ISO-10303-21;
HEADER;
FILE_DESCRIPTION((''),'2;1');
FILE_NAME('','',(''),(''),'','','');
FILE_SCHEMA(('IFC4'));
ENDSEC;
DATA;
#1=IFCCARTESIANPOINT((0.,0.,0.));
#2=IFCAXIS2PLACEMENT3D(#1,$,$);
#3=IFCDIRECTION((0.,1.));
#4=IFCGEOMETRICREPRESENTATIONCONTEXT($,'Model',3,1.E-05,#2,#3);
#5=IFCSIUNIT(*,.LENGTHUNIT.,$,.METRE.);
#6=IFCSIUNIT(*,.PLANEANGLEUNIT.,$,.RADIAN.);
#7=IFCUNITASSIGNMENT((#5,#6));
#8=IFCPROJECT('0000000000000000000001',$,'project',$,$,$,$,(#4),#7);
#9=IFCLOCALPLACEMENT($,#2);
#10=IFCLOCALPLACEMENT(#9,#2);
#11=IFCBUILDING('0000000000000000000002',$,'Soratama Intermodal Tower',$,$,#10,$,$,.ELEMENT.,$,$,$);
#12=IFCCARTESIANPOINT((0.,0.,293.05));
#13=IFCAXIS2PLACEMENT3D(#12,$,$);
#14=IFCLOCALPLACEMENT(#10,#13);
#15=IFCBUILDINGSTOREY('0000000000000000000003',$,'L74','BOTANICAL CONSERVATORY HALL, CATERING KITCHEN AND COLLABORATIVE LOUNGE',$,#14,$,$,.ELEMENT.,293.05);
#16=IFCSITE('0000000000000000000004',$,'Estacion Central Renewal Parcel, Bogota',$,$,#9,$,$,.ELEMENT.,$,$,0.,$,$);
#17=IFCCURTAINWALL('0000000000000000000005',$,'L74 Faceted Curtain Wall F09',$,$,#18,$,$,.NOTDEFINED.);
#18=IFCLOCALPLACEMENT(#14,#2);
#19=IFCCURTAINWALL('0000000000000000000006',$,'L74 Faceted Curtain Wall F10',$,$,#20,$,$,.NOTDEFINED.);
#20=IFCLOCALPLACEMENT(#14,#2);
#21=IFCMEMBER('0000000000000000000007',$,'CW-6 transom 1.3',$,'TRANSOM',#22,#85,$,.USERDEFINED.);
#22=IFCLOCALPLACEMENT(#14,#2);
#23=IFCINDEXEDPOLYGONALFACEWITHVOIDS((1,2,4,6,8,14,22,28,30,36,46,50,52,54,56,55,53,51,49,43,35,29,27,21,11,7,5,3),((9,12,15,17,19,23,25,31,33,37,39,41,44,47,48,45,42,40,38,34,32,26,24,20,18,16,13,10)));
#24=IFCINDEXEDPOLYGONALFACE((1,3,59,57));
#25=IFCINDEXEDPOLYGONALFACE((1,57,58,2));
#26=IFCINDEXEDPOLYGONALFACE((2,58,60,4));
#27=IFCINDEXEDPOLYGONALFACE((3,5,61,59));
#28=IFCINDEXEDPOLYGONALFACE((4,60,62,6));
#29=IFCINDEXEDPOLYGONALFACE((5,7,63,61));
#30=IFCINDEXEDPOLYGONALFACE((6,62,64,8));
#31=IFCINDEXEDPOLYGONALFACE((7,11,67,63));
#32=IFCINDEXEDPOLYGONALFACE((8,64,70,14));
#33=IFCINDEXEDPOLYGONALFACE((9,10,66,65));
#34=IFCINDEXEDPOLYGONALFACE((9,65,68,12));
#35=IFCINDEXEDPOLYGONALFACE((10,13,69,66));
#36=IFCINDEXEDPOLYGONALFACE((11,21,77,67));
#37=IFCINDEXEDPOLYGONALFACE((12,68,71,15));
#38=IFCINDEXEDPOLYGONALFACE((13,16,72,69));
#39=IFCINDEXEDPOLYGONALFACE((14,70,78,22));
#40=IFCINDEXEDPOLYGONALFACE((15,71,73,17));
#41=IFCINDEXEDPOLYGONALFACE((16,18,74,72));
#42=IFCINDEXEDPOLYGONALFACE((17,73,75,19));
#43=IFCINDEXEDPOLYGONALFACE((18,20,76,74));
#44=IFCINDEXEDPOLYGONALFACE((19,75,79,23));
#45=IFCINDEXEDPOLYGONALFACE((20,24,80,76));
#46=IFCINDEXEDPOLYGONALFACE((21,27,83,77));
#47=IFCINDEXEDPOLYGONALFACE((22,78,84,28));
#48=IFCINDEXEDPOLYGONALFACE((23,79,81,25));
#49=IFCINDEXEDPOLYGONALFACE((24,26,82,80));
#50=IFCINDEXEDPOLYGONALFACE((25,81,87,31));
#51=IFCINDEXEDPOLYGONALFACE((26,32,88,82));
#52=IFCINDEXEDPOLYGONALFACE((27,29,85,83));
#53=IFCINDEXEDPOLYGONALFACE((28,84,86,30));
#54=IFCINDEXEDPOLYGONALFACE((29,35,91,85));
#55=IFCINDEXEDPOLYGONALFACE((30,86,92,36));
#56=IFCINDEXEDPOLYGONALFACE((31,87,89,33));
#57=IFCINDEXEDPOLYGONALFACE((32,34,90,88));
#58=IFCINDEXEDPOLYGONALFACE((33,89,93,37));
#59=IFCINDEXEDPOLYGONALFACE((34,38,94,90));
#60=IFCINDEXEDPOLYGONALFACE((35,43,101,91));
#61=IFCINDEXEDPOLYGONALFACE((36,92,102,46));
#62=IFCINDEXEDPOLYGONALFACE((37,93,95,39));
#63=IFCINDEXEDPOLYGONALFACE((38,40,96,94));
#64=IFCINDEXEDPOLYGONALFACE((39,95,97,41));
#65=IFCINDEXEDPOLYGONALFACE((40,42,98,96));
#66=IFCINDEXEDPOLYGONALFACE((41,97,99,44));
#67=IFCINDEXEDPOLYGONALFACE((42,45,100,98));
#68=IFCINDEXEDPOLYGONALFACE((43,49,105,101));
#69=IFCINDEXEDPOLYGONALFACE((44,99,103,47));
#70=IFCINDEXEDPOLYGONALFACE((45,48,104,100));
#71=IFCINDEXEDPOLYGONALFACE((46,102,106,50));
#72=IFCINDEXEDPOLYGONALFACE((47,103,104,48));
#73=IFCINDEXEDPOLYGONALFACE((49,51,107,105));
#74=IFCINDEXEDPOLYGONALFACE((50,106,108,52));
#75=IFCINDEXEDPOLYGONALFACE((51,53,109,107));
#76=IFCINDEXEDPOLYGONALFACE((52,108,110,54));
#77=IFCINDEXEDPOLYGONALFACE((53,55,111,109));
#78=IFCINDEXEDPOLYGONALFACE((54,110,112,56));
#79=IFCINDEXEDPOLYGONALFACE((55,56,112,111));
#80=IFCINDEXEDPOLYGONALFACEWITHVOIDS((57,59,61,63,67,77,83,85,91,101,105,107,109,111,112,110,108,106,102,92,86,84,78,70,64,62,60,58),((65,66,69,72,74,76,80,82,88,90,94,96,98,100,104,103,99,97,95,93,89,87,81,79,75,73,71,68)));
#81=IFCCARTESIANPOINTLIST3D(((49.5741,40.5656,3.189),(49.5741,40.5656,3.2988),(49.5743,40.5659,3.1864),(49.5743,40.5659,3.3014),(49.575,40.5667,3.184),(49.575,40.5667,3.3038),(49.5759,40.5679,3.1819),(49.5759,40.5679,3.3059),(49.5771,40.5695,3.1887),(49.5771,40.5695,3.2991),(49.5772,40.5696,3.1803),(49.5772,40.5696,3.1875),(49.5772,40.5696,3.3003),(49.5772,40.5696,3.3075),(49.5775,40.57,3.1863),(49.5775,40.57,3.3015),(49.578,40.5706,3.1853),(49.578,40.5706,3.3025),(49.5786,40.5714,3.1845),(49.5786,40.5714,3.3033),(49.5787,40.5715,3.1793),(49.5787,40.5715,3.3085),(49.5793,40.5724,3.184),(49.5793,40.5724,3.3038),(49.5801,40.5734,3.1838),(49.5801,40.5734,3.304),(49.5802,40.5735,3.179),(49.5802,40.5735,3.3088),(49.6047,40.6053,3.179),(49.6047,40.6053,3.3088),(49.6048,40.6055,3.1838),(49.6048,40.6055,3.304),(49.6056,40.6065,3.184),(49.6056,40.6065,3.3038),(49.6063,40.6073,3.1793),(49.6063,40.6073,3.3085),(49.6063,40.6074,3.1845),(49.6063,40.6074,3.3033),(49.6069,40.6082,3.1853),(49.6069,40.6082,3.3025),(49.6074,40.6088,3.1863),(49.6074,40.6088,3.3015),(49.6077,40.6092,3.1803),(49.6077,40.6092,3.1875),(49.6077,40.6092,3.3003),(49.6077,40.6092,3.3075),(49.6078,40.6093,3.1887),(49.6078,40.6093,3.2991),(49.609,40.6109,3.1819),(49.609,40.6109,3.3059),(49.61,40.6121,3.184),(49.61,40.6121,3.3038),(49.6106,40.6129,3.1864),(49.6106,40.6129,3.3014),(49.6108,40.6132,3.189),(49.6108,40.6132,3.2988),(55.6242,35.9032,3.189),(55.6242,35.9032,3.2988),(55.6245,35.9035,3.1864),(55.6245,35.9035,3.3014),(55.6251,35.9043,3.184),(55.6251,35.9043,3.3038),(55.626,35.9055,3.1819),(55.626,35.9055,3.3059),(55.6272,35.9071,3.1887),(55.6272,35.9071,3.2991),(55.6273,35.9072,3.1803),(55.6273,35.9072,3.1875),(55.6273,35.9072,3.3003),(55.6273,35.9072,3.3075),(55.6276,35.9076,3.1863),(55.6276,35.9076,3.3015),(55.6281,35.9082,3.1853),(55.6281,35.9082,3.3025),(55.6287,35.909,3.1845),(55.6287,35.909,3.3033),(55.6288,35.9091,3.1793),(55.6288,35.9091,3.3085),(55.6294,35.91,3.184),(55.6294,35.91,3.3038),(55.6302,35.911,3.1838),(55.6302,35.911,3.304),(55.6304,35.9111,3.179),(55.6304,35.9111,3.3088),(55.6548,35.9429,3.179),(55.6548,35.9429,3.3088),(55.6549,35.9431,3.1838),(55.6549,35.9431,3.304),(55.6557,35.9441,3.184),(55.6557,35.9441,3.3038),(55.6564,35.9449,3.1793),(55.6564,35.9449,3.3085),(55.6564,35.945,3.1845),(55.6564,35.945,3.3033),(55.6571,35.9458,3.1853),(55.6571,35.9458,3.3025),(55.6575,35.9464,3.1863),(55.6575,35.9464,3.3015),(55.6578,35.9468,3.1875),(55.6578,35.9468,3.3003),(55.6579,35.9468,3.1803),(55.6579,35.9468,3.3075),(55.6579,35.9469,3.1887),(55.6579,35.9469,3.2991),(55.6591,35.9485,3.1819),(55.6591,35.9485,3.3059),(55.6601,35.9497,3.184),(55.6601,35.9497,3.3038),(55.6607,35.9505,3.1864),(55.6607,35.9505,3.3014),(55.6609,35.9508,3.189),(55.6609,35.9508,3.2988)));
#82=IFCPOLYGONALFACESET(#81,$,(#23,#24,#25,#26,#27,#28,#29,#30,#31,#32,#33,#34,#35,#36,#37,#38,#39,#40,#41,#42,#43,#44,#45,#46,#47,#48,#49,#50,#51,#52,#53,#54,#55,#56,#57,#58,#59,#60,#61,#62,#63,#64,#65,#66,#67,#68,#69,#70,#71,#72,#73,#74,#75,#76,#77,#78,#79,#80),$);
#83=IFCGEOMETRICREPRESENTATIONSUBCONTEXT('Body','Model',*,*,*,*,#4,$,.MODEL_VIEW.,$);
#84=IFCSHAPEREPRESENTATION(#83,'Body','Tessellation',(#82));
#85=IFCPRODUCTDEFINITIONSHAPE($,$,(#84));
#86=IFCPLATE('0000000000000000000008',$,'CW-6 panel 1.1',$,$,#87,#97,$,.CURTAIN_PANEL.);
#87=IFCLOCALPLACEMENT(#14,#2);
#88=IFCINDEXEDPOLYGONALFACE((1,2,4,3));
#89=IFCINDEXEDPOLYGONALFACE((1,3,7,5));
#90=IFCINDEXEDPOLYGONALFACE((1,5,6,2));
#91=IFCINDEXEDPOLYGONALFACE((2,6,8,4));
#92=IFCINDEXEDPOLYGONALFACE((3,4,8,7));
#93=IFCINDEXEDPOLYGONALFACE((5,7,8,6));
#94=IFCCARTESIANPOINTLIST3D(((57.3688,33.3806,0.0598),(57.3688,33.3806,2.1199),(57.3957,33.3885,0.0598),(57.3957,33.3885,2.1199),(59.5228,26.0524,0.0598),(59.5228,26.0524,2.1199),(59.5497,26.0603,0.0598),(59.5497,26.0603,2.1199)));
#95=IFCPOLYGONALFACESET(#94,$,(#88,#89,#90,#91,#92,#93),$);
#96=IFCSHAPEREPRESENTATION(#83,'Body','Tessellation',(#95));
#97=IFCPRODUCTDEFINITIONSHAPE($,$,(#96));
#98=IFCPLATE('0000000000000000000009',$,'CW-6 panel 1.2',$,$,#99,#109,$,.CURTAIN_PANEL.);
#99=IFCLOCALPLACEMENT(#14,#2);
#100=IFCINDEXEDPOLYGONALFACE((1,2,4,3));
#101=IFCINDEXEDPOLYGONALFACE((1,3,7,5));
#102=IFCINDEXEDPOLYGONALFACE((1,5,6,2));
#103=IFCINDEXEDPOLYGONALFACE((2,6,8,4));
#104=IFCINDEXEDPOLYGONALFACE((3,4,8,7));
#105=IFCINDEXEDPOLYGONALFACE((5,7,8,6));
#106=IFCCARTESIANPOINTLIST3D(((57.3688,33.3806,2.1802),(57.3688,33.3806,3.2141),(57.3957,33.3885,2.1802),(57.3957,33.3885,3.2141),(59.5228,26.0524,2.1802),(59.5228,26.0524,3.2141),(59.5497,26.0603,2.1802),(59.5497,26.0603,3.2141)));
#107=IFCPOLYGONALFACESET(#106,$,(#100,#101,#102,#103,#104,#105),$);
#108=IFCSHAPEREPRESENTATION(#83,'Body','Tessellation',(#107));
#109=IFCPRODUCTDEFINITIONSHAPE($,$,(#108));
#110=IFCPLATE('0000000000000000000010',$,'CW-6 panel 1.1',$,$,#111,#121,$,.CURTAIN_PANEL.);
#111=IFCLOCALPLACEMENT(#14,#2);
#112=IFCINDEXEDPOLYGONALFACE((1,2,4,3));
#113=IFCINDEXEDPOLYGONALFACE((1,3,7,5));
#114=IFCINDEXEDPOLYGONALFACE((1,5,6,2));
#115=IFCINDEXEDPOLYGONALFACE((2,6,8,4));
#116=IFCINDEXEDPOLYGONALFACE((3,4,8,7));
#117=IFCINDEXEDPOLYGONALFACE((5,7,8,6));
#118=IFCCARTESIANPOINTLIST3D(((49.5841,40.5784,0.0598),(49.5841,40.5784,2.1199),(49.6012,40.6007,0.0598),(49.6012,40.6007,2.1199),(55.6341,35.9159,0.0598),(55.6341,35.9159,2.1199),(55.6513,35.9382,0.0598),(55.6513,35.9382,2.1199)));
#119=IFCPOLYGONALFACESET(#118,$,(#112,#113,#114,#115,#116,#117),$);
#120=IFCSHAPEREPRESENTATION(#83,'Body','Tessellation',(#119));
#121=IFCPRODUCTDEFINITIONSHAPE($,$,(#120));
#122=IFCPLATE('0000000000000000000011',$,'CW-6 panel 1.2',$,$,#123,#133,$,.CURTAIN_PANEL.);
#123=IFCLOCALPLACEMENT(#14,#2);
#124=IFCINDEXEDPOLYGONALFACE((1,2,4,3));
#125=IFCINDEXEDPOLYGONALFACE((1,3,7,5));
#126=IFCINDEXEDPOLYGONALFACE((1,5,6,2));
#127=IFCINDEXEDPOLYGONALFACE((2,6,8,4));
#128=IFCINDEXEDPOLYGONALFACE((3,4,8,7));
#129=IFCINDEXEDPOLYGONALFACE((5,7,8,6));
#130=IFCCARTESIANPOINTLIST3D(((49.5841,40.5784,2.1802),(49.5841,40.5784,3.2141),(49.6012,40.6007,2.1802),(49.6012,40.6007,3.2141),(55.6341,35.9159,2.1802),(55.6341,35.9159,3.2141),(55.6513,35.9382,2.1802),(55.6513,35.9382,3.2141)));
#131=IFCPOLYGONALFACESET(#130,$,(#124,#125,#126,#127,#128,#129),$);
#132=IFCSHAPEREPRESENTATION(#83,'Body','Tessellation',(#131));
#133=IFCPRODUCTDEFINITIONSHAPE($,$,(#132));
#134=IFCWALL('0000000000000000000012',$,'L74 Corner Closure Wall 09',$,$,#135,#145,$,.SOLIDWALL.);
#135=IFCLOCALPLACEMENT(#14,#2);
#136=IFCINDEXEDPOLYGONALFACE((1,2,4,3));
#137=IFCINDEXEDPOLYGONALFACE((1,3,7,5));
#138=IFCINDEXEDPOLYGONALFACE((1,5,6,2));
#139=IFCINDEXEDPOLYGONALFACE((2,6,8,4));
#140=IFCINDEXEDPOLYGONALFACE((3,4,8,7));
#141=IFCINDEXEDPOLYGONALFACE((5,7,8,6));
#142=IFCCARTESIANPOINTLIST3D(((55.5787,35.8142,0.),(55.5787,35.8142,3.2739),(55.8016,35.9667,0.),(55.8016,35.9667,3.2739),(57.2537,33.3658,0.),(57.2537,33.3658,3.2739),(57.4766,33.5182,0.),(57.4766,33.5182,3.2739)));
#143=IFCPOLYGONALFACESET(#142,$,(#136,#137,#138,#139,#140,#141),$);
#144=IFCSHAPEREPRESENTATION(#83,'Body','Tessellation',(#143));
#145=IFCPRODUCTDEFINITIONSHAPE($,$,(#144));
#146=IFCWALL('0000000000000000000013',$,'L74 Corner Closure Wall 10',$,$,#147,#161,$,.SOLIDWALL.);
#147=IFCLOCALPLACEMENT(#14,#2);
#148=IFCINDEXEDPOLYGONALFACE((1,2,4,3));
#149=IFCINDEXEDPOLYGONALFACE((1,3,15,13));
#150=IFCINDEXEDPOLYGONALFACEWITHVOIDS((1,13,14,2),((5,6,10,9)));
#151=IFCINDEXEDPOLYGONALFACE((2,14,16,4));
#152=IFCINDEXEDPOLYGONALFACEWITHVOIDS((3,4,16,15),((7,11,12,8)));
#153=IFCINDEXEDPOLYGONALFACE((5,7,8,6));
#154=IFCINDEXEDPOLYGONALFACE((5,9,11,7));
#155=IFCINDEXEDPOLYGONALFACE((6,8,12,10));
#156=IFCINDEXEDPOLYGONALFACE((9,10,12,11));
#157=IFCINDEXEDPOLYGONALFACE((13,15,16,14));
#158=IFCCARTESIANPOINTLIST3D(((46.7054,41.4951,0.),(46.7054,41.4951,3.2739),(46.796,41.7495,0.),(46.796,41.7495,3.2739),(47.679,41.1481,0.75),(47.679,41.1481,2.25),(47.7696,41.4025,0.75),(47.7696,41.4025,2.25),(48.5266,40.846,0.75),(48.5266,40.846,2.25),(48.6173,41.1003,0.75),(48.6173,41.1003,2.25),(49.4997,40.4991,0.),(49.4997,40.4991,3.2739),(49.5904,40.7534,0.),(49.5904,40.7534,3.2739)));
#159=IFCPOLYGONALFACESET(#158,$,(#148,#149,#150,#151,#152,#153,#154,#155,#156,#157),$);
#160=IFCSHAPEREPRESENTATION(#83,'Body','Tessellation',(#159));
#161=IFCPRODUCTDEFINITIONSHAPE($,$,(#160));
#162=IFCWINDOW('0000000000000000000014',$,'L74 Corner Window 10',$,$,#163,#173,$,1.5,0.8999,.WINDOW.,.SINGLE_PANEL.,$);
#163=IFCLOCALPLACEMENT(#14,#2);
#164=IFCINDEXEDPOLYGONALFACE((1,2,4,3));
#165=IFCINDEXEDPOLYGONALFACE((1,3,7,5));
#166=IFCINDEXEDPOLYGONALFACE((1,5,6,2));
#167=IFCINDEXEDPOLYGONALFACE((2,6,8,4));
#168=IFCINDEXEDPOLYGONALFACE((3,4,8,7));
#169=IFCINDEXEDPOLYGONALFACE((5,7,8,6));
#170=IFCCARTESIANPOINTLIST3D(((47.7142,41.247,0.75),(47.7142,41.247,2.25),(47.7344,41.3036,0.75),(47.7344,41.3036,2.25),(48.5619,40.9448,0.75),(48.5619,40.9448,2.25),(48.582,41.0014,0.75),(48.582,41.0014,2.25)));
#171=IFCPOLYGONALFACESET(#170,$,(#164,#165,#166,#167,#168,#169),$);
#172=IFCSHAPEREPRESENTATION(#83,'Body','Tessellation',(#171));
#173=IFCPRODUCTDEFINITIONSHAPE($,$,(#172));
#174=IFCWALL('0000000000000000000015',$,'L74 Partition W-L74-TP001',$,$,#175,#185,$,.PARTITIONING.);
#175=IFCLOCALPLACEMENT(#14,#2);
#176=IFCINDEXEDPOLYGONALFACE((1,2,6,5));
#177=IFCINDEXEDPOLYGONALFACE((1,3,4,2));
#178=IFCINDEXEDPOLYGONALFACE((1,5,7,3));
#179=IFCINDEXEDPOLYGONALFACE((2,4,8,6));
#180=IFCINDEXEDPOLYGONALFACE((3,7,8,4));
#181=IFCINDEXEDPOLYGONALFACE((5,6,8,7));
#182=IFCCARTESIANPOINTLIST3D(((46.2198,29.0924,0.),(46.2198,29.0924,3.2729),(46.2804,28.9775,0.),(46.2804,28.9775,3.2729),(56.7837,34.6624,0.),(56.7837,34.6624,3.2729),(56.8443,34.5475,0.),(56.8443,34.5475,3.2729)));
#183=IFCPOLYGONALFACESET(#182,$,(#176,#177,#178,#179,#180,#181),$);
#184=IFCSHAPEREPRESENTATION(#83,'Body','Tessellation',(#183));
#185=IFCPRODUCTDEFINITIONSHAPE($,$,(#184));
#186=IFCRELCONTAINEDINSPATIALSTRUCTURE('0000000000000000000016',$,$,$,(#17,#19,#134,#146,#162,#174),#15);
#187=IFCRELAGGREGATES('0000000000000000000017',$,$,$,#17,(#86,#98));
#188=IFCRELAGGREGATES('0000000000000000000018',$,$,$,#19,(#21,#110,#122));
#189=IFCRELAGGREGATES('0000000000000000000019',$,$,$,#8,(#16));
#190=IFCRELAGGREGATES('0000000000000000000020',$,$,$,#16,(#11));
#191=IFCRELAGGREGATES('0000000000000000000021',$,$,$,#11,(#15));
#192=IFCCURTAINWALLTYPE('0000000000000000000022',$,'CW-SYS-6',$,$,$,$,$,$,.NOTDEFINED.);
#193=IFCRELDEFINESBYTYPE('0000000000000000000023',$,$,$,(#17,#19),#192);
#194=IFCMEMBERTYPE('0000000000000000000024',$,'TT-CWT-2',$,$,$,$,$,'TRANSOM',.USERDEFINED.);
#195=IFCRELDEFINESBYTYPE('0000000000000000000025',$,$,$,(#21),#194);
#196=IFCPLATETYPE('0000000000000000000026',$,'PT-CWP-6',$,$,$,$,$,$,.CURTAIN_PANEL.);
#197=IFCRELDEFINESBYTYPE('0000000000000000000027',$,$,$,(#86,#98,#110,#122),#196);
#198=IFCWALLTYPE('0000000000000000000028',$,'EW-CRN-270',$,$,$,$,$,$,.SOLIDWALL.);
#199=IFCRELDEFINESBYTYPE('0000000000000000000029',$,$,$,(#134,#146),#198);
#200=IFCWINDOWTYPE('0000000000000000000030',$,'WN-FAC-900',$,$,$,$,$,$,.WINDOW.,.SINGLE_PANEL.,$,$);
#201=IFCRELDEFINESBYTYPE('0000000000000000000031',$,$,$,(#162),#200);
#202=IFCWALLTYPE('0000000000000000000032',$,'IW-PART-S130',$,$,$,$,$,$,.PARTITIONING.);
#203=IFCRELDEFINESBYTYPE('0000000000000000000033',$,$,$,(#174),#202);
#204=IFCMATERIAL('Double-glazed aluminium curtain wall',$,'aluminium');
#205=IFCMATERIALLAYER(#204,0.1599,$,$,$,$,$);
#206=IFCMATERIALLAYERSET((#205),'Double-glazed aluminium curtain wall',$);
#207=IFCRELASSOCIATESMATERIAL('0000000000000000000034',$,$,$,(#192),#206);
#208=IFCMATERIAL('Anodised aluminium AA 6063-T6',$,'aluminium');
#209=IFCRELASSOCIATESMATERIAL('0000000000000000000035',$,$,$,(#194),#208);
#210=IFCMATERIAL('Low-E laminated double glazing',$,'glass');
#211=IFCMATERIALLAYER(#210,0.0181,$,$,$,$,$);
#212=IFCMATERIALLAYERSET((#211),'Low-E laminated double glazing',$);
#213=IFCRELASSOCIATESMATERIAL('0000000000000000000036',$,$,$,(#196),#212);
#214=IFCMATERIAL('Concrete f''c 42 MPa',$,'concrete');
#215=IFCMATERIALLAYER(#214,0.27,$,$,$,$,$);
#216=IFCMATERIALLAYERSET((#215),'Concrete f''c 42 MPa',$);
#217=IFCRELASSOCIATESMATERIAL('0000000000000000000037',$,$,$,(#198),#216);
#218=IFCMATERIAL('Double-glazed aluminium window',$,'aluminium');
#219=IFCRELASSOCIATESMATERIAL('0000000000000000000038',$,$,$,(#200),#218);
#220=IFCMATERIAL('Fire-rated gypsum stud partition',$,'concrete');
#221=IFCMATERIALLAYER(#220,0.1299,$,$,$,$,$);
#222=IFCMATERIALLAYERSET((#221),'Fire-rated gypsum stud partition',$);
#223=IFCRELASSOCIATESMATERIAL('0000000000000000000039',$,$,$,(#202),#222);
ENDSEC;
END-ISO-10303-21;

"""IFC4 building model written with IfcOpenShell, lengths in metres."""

from ifc_helpers import new_model, si_unit, direction, frame, frame_2d, origin, origin_2d, place, context, subcontext, project, spatial, rectangle, hollow_rectangle, extrude, material, layer, layer_set, material_profile, profile_set, type_object, element, fill, aggregate, save


model = new_model("IFC4")

# Units and contexts
model_context = context("Model", 3, precision=1e-05, world=origin(), true_north=direction((0.0, 1.0)))
body_context = subcontext(model_context, "Body", "Model", "MODEL_VIEW")
ifc_project = project(units=[si_unit("LENGTHUNIT", "METRE"), si_unit("PLANEANGLEUNIT", "RADIAN")], contexts=[model_context])

# Site, building, storey
site_placement = place(None, origin())
site = spatial("IfcSite", under=ifc_project, at=site_placement, Name="Estacion Central Renewal Parcel, Bogota", CompositionType="ELEMENT", RefElevation=0.0)
building_placement = place(site_placement, origin())
building = spatial("IfcBuilding", under=site, at=building_placement, Name="Soratama Intermodal Tower", CompositionType="ELEMENT")
storey_placement = place(building_placement, frame((0.0, 0.0, 293.05)))
storey = spatial("IfcBuildingStorey", under=building, at=storey_placement, Name="L74", Description="BOTANICAL CONSERVATORY HALL, CATERING KITCHEN AND COLLABORATIVE LOUNGE", CompositionType="ELEMENT", Elevation=293.05)

# Shared definitions
ifc_material_1 = material(Name="Double-glazed aluminium curtain wall", Category="aluminium")
ifc_layer_1 = layer(ifc_material_1, 0.1599)
ifc_layer_set_1 = layer_set([ifc_layer_1], Name="Double-glazed aluminium curtain wall")
curtain_wall_type = type_object("IfcCurtainWallType", Name="CW-SYS-6", PredefinedType="NOTDEFINED", material=ifc_layer_set_1)

# Curtain walls
curtain_wall_1_placement = place(storey_placement, origin())
curtain_wall_1 = element("IfcCurtainWall", 1, at=curtain_wall_1_placement, inside=storey, type_object=curtain_wall_type, Name="L74 Faceted Curtain Wall F09", PredefinedType="NOTDEFINED")
curtain_wall_2_placement = place(storey_placement, origin())
curtain_wall_2 = element("IfcCurtainWall", 2, at=curtain_wall_2_placement, inside=storey, type_object=curtain_wall_type, Name="L74 Faceted Curtain Wall F10", PredefinedType="NOTDEFINED")

# Member
ifc_material_2 = material(Name="Anodised aluminium AA 6063-T6", Category="aluminium")
ifc_material_profile_1 = material_profile(ifc_material_2, hollow_rectangle(XDim=0.0601, YDim=0.1299, WallThickness=0.0049, InnerFilletRadius=0.0049, OuterFilletRadius=0.01, at=origin_2d()), Name="CWT130X60X5")
ifc_profile_set_1 = profile_set([ifc_material_profile_1], Name="Anodised aluminium AA 6063-T6")
member_type_1 = type_object("IfcMemberType", Name="TT-CWT-2", ElementType="TRANSOM", PredefinedType="USERDEFINED", material=ifc_profile_set_1)
member_1_placement = place(storey_placement, frame((55.6426, 35.927, 3.2439), z_axis=(-0.792088, 0.610407, 0.0), x_axis=(-0.610407, -0.792088, 0.0)))
member_1 = element("IfcMember", 3, at=member_1_placement, type_object=member_type_1, Name="CW-6 transom 1.3", ObjectType="TRANSOM", PredefinedType="USERDEFINED", context=body_context, shape_type="SweptSolid", body=[
    extrude(hollow_rectangle(XDim=0.0601, YDim=0.1299, WallThickness=0.0049, InnerFilletRadius=0.0049, OuterFilletRadius=0.01, at=origin_2d()), origin(), (0.0, 0.0, 1.0), 7.6382),
])

# Plates
ifc_material_3 = material(Name="Low-E laminated double glazing", Category="glass")
ifc_layer_2 = layer(ifc_material_3, 0.0181)
ifc_layer_set_2 = layer_set([ifc_layer_2], Name="Low-E laminated double glazing")
plate_type = type_object("IfcPlateType", Name="PT-CWP-6", PredefinedType="CURTAIN_PANEL", material=ifc_layer_set_2)
plate_1_placement = place(storey_placement, frame((58.4592, 29.7205, 0.0598), z_axis=(0.0, 0.0, 1.0), x_axis=(-0.282003, 0.959414, 0.0)))
plate_1 = element("IfcPlate", 4, at=plate_1_placement, type_object=plate_type, Name="CW-6 panel 1.1", PredefinedType="CURTAIN_PANEL", context=body_context, shape_type="SweptSolid", body=[
    extrude(rectangle(XDim=7.6382, YDim=0.0281, at=origin_2d()), origin(), (0.0, 0.0, 1.0), 2.0601),
])
plate_2_placement = place(storey_placement, frame((58.4592, 29.7205, 2.1802), z_axis=(0.0, 0.0, 1.0), x_axis=(-0.282003, 0.959414, 0.0)))
plate_2 = element("IfcPlate", 5, at=plate_2_placement, type_object=plate_type, Name="CW-6 panel 1.2", PredefinedType="CURTAIN_PANEL", context=body_context, shape_type="SweptSolid", body=[
    extrude(rectangle(XDim=7.6382, YDim=0.0281, at=origin_2d()), origin(), (0.0, 0.0, 1.0), 1.0339),
])
aggregate(curtain_wall_1, [plate_1, plate_2])
plate_3_placement = place(storey_placement, frame((52.6177, 38.2583, 0.0598), z_axis=(0.0, 0.0, 1.0), x_axis=(-0.792077, 0.610421, 0.0)))
plate_3 = element("IfcPlate", 6, at=plate_3_placement, type_object=plate_type, Name="CW-6 panel 1.1", PredefinedType="CURTAIN_PANEL", context=body_context, shape_type="SweptSolid", body=[
    extrude(rectangle(XDim=7.6382, YDim=0.0281, at=origin_2d()), origin(), (0.0, 0.0, 1.0), 2.0601),
])
plate_4_placement = place(storey_placement, frame((52.6177, 38.2583, 2.1802), z_axis=(0.0, 0.0, 1.0), x_axis=(-0.792077, 0.610421, 0.0)))
plate_4 = element("IfcPlate", 7, at=plate_4_placement, type_object=plate_type, Name="CW-6 panel 1.2", PredefinedType="CURTAIN_PANEL", context=body_context, shape_type="SweptSolid", body=[
    extrude(rectangle(XDim=7.6382, YDim=0.0281, at=origin_2d()), origin(), (0.0, 0.0, 1.0), 1.0339),
])
aggregate(curtain_wall_2, [member_1, plate_3, plate_4])

# Wall
ifc_material_4 = material(Name="Concrete f'c 42 MPa", Category="concrete")
ifc_layer_3 = layer(ifc_material_4, 0.27)
ifc_layer_set_3 = layer_set([ifc_layer_3], Name="Concrete f'c 42 MPa")
wall_type_1 = type_object("IfcWallType", Name="EW-CRN-270", PredefinedType="SOLIDWALL", material=ifc_layer_set_3)
wall_1_placement = place(storey_placement, frame((57.3652, 33.4419, 0.0), z_axis=(0.0, 0.0, 1.0), x_axis=(-0.564631, 0.825344, 0.0)))
element("IfcWall", 8, at=wall_1_placement, inside=storey, type_object=wall_type_1, Name="L74 Corner Closure Wall 09", PredefinedType="SOLIDWALL", context=body_context, shape_type="SweptSolid", body=[
    extrude(rectangle(XDim=2.9666, YDim=0.27, at=frame_2d((1.4834, 0.0))), origin(), (0.0, 0.0, 1.0), 3.2739),
])

# Wall, opening, window
wall_2_placement = place(storey_placement, frame((49.5452, 40.6262, 0.0), z_axis=(0.0, 0.0, 1.0), x_axis=(-0.941947, 0.335763, 0.0)))
wall_2 = element("IfcWall", 9, at=wall_2_placement, inside=storey, type_object=wall_type_1, Name="L74 Corner Closure Wall 10", PredefinedType="SOLIDWALL", context=body_context, shape_type="SweptSolid", body=[
    extrude(rectangle(XDim=2.9666, YDim=0.27, at=frame_2d((1.4834, 0.0))), origin(), (0.0, 0.0, 1.0), 3.2739),
])
opening_placement = place(wall_2_placement, frame((1.0332, 0.0, 0.75)))
opening = element("IfcOpeningElement", 10, at=opening_placement, cuts=wall_2, PredefinedType="OPENING", context=body_context, shape_type="SweptSolid", body=[
    extrude(rectangle(XDim=0.8999, YDim=1.5, at=frame_2d((0.45, 0.75))), frame((0.0, 0.145, 0.0), z_axis=(0.0, -1.0, 0.0), x_axis=(1.0, 0.0, 0.0)), (0.0, 0.0, 1.0), 0.29),
])
ifc_material_5 = material(Name="Double-glazed aluminium window", Category="aluminium")
window_type = type_object("IfcWindowType", Name="WN-FAC-900", PartitioningType="SINGLE_PANEL", PredefinedType="WINDOW", material=ifc_material_5)
window_placement = place(opening_placement, origin())
window = element("IfcWindow", 11, at=window_placement, inside=storey, type_object=window_type, Name="L74 Corner Window 10", OverallHeight=1.5, OverallWidth=0.8999, PartitioningType="SINGLE_PANEL", PredefinedType="WINDOW", context=body_context, shape_type="SweptSolid", body=[
    extrude(rectangle(XDim=0.8999, YDim=1.5, at=frame_2d((0.45, 0.75))), frame((0.0, 0.03, 0.0), z_axis=(0.0, -1.0, 0.0), x_axis=(1.0, 0.0, 0.0)), (0.0, 0.0, 1.0), 0.0601),
])
fill(opening, window)

# Wall
ifc_material_6 = material(Name="Fire-rated gypsum stud partition", Category="concrete")
ifc_layer_4 = layer(ifc_material_6, 0.1299)
ifc_layer_set_4 = layer_set([ifc_layer_4], Name="Fire-rated gypsum stud partition")
wall_type_2 = type_object("IfcWallType", Name="IW-PART-S130", PredefinedType="PARTITIONING", material=ifc_layer_set_4)
wall_3_placement = place(storey_placement, frame((56.814, 34.605, 0.0), z_axis=(0.0, 0.0, 1.0), x_axis=(-0.88457, -0.466408, 0.0)))
element("IfcWall", 12, at=wall_3_placement, inside=storey, type_object=wall_type_2, Name="L74 Partition W-L74-TP001", PredefinedType="PARTITIONING", context=body_context, shape_type="SweptSolid", body=[
    extrude(rectangle(XDim=11.9424, YDim=0.1299, at=frame_2d((5.9712, 0.0))), origin(), (0.0, 0.0, 1.0), 3.2729),
])

save(model, "model.ifc")
